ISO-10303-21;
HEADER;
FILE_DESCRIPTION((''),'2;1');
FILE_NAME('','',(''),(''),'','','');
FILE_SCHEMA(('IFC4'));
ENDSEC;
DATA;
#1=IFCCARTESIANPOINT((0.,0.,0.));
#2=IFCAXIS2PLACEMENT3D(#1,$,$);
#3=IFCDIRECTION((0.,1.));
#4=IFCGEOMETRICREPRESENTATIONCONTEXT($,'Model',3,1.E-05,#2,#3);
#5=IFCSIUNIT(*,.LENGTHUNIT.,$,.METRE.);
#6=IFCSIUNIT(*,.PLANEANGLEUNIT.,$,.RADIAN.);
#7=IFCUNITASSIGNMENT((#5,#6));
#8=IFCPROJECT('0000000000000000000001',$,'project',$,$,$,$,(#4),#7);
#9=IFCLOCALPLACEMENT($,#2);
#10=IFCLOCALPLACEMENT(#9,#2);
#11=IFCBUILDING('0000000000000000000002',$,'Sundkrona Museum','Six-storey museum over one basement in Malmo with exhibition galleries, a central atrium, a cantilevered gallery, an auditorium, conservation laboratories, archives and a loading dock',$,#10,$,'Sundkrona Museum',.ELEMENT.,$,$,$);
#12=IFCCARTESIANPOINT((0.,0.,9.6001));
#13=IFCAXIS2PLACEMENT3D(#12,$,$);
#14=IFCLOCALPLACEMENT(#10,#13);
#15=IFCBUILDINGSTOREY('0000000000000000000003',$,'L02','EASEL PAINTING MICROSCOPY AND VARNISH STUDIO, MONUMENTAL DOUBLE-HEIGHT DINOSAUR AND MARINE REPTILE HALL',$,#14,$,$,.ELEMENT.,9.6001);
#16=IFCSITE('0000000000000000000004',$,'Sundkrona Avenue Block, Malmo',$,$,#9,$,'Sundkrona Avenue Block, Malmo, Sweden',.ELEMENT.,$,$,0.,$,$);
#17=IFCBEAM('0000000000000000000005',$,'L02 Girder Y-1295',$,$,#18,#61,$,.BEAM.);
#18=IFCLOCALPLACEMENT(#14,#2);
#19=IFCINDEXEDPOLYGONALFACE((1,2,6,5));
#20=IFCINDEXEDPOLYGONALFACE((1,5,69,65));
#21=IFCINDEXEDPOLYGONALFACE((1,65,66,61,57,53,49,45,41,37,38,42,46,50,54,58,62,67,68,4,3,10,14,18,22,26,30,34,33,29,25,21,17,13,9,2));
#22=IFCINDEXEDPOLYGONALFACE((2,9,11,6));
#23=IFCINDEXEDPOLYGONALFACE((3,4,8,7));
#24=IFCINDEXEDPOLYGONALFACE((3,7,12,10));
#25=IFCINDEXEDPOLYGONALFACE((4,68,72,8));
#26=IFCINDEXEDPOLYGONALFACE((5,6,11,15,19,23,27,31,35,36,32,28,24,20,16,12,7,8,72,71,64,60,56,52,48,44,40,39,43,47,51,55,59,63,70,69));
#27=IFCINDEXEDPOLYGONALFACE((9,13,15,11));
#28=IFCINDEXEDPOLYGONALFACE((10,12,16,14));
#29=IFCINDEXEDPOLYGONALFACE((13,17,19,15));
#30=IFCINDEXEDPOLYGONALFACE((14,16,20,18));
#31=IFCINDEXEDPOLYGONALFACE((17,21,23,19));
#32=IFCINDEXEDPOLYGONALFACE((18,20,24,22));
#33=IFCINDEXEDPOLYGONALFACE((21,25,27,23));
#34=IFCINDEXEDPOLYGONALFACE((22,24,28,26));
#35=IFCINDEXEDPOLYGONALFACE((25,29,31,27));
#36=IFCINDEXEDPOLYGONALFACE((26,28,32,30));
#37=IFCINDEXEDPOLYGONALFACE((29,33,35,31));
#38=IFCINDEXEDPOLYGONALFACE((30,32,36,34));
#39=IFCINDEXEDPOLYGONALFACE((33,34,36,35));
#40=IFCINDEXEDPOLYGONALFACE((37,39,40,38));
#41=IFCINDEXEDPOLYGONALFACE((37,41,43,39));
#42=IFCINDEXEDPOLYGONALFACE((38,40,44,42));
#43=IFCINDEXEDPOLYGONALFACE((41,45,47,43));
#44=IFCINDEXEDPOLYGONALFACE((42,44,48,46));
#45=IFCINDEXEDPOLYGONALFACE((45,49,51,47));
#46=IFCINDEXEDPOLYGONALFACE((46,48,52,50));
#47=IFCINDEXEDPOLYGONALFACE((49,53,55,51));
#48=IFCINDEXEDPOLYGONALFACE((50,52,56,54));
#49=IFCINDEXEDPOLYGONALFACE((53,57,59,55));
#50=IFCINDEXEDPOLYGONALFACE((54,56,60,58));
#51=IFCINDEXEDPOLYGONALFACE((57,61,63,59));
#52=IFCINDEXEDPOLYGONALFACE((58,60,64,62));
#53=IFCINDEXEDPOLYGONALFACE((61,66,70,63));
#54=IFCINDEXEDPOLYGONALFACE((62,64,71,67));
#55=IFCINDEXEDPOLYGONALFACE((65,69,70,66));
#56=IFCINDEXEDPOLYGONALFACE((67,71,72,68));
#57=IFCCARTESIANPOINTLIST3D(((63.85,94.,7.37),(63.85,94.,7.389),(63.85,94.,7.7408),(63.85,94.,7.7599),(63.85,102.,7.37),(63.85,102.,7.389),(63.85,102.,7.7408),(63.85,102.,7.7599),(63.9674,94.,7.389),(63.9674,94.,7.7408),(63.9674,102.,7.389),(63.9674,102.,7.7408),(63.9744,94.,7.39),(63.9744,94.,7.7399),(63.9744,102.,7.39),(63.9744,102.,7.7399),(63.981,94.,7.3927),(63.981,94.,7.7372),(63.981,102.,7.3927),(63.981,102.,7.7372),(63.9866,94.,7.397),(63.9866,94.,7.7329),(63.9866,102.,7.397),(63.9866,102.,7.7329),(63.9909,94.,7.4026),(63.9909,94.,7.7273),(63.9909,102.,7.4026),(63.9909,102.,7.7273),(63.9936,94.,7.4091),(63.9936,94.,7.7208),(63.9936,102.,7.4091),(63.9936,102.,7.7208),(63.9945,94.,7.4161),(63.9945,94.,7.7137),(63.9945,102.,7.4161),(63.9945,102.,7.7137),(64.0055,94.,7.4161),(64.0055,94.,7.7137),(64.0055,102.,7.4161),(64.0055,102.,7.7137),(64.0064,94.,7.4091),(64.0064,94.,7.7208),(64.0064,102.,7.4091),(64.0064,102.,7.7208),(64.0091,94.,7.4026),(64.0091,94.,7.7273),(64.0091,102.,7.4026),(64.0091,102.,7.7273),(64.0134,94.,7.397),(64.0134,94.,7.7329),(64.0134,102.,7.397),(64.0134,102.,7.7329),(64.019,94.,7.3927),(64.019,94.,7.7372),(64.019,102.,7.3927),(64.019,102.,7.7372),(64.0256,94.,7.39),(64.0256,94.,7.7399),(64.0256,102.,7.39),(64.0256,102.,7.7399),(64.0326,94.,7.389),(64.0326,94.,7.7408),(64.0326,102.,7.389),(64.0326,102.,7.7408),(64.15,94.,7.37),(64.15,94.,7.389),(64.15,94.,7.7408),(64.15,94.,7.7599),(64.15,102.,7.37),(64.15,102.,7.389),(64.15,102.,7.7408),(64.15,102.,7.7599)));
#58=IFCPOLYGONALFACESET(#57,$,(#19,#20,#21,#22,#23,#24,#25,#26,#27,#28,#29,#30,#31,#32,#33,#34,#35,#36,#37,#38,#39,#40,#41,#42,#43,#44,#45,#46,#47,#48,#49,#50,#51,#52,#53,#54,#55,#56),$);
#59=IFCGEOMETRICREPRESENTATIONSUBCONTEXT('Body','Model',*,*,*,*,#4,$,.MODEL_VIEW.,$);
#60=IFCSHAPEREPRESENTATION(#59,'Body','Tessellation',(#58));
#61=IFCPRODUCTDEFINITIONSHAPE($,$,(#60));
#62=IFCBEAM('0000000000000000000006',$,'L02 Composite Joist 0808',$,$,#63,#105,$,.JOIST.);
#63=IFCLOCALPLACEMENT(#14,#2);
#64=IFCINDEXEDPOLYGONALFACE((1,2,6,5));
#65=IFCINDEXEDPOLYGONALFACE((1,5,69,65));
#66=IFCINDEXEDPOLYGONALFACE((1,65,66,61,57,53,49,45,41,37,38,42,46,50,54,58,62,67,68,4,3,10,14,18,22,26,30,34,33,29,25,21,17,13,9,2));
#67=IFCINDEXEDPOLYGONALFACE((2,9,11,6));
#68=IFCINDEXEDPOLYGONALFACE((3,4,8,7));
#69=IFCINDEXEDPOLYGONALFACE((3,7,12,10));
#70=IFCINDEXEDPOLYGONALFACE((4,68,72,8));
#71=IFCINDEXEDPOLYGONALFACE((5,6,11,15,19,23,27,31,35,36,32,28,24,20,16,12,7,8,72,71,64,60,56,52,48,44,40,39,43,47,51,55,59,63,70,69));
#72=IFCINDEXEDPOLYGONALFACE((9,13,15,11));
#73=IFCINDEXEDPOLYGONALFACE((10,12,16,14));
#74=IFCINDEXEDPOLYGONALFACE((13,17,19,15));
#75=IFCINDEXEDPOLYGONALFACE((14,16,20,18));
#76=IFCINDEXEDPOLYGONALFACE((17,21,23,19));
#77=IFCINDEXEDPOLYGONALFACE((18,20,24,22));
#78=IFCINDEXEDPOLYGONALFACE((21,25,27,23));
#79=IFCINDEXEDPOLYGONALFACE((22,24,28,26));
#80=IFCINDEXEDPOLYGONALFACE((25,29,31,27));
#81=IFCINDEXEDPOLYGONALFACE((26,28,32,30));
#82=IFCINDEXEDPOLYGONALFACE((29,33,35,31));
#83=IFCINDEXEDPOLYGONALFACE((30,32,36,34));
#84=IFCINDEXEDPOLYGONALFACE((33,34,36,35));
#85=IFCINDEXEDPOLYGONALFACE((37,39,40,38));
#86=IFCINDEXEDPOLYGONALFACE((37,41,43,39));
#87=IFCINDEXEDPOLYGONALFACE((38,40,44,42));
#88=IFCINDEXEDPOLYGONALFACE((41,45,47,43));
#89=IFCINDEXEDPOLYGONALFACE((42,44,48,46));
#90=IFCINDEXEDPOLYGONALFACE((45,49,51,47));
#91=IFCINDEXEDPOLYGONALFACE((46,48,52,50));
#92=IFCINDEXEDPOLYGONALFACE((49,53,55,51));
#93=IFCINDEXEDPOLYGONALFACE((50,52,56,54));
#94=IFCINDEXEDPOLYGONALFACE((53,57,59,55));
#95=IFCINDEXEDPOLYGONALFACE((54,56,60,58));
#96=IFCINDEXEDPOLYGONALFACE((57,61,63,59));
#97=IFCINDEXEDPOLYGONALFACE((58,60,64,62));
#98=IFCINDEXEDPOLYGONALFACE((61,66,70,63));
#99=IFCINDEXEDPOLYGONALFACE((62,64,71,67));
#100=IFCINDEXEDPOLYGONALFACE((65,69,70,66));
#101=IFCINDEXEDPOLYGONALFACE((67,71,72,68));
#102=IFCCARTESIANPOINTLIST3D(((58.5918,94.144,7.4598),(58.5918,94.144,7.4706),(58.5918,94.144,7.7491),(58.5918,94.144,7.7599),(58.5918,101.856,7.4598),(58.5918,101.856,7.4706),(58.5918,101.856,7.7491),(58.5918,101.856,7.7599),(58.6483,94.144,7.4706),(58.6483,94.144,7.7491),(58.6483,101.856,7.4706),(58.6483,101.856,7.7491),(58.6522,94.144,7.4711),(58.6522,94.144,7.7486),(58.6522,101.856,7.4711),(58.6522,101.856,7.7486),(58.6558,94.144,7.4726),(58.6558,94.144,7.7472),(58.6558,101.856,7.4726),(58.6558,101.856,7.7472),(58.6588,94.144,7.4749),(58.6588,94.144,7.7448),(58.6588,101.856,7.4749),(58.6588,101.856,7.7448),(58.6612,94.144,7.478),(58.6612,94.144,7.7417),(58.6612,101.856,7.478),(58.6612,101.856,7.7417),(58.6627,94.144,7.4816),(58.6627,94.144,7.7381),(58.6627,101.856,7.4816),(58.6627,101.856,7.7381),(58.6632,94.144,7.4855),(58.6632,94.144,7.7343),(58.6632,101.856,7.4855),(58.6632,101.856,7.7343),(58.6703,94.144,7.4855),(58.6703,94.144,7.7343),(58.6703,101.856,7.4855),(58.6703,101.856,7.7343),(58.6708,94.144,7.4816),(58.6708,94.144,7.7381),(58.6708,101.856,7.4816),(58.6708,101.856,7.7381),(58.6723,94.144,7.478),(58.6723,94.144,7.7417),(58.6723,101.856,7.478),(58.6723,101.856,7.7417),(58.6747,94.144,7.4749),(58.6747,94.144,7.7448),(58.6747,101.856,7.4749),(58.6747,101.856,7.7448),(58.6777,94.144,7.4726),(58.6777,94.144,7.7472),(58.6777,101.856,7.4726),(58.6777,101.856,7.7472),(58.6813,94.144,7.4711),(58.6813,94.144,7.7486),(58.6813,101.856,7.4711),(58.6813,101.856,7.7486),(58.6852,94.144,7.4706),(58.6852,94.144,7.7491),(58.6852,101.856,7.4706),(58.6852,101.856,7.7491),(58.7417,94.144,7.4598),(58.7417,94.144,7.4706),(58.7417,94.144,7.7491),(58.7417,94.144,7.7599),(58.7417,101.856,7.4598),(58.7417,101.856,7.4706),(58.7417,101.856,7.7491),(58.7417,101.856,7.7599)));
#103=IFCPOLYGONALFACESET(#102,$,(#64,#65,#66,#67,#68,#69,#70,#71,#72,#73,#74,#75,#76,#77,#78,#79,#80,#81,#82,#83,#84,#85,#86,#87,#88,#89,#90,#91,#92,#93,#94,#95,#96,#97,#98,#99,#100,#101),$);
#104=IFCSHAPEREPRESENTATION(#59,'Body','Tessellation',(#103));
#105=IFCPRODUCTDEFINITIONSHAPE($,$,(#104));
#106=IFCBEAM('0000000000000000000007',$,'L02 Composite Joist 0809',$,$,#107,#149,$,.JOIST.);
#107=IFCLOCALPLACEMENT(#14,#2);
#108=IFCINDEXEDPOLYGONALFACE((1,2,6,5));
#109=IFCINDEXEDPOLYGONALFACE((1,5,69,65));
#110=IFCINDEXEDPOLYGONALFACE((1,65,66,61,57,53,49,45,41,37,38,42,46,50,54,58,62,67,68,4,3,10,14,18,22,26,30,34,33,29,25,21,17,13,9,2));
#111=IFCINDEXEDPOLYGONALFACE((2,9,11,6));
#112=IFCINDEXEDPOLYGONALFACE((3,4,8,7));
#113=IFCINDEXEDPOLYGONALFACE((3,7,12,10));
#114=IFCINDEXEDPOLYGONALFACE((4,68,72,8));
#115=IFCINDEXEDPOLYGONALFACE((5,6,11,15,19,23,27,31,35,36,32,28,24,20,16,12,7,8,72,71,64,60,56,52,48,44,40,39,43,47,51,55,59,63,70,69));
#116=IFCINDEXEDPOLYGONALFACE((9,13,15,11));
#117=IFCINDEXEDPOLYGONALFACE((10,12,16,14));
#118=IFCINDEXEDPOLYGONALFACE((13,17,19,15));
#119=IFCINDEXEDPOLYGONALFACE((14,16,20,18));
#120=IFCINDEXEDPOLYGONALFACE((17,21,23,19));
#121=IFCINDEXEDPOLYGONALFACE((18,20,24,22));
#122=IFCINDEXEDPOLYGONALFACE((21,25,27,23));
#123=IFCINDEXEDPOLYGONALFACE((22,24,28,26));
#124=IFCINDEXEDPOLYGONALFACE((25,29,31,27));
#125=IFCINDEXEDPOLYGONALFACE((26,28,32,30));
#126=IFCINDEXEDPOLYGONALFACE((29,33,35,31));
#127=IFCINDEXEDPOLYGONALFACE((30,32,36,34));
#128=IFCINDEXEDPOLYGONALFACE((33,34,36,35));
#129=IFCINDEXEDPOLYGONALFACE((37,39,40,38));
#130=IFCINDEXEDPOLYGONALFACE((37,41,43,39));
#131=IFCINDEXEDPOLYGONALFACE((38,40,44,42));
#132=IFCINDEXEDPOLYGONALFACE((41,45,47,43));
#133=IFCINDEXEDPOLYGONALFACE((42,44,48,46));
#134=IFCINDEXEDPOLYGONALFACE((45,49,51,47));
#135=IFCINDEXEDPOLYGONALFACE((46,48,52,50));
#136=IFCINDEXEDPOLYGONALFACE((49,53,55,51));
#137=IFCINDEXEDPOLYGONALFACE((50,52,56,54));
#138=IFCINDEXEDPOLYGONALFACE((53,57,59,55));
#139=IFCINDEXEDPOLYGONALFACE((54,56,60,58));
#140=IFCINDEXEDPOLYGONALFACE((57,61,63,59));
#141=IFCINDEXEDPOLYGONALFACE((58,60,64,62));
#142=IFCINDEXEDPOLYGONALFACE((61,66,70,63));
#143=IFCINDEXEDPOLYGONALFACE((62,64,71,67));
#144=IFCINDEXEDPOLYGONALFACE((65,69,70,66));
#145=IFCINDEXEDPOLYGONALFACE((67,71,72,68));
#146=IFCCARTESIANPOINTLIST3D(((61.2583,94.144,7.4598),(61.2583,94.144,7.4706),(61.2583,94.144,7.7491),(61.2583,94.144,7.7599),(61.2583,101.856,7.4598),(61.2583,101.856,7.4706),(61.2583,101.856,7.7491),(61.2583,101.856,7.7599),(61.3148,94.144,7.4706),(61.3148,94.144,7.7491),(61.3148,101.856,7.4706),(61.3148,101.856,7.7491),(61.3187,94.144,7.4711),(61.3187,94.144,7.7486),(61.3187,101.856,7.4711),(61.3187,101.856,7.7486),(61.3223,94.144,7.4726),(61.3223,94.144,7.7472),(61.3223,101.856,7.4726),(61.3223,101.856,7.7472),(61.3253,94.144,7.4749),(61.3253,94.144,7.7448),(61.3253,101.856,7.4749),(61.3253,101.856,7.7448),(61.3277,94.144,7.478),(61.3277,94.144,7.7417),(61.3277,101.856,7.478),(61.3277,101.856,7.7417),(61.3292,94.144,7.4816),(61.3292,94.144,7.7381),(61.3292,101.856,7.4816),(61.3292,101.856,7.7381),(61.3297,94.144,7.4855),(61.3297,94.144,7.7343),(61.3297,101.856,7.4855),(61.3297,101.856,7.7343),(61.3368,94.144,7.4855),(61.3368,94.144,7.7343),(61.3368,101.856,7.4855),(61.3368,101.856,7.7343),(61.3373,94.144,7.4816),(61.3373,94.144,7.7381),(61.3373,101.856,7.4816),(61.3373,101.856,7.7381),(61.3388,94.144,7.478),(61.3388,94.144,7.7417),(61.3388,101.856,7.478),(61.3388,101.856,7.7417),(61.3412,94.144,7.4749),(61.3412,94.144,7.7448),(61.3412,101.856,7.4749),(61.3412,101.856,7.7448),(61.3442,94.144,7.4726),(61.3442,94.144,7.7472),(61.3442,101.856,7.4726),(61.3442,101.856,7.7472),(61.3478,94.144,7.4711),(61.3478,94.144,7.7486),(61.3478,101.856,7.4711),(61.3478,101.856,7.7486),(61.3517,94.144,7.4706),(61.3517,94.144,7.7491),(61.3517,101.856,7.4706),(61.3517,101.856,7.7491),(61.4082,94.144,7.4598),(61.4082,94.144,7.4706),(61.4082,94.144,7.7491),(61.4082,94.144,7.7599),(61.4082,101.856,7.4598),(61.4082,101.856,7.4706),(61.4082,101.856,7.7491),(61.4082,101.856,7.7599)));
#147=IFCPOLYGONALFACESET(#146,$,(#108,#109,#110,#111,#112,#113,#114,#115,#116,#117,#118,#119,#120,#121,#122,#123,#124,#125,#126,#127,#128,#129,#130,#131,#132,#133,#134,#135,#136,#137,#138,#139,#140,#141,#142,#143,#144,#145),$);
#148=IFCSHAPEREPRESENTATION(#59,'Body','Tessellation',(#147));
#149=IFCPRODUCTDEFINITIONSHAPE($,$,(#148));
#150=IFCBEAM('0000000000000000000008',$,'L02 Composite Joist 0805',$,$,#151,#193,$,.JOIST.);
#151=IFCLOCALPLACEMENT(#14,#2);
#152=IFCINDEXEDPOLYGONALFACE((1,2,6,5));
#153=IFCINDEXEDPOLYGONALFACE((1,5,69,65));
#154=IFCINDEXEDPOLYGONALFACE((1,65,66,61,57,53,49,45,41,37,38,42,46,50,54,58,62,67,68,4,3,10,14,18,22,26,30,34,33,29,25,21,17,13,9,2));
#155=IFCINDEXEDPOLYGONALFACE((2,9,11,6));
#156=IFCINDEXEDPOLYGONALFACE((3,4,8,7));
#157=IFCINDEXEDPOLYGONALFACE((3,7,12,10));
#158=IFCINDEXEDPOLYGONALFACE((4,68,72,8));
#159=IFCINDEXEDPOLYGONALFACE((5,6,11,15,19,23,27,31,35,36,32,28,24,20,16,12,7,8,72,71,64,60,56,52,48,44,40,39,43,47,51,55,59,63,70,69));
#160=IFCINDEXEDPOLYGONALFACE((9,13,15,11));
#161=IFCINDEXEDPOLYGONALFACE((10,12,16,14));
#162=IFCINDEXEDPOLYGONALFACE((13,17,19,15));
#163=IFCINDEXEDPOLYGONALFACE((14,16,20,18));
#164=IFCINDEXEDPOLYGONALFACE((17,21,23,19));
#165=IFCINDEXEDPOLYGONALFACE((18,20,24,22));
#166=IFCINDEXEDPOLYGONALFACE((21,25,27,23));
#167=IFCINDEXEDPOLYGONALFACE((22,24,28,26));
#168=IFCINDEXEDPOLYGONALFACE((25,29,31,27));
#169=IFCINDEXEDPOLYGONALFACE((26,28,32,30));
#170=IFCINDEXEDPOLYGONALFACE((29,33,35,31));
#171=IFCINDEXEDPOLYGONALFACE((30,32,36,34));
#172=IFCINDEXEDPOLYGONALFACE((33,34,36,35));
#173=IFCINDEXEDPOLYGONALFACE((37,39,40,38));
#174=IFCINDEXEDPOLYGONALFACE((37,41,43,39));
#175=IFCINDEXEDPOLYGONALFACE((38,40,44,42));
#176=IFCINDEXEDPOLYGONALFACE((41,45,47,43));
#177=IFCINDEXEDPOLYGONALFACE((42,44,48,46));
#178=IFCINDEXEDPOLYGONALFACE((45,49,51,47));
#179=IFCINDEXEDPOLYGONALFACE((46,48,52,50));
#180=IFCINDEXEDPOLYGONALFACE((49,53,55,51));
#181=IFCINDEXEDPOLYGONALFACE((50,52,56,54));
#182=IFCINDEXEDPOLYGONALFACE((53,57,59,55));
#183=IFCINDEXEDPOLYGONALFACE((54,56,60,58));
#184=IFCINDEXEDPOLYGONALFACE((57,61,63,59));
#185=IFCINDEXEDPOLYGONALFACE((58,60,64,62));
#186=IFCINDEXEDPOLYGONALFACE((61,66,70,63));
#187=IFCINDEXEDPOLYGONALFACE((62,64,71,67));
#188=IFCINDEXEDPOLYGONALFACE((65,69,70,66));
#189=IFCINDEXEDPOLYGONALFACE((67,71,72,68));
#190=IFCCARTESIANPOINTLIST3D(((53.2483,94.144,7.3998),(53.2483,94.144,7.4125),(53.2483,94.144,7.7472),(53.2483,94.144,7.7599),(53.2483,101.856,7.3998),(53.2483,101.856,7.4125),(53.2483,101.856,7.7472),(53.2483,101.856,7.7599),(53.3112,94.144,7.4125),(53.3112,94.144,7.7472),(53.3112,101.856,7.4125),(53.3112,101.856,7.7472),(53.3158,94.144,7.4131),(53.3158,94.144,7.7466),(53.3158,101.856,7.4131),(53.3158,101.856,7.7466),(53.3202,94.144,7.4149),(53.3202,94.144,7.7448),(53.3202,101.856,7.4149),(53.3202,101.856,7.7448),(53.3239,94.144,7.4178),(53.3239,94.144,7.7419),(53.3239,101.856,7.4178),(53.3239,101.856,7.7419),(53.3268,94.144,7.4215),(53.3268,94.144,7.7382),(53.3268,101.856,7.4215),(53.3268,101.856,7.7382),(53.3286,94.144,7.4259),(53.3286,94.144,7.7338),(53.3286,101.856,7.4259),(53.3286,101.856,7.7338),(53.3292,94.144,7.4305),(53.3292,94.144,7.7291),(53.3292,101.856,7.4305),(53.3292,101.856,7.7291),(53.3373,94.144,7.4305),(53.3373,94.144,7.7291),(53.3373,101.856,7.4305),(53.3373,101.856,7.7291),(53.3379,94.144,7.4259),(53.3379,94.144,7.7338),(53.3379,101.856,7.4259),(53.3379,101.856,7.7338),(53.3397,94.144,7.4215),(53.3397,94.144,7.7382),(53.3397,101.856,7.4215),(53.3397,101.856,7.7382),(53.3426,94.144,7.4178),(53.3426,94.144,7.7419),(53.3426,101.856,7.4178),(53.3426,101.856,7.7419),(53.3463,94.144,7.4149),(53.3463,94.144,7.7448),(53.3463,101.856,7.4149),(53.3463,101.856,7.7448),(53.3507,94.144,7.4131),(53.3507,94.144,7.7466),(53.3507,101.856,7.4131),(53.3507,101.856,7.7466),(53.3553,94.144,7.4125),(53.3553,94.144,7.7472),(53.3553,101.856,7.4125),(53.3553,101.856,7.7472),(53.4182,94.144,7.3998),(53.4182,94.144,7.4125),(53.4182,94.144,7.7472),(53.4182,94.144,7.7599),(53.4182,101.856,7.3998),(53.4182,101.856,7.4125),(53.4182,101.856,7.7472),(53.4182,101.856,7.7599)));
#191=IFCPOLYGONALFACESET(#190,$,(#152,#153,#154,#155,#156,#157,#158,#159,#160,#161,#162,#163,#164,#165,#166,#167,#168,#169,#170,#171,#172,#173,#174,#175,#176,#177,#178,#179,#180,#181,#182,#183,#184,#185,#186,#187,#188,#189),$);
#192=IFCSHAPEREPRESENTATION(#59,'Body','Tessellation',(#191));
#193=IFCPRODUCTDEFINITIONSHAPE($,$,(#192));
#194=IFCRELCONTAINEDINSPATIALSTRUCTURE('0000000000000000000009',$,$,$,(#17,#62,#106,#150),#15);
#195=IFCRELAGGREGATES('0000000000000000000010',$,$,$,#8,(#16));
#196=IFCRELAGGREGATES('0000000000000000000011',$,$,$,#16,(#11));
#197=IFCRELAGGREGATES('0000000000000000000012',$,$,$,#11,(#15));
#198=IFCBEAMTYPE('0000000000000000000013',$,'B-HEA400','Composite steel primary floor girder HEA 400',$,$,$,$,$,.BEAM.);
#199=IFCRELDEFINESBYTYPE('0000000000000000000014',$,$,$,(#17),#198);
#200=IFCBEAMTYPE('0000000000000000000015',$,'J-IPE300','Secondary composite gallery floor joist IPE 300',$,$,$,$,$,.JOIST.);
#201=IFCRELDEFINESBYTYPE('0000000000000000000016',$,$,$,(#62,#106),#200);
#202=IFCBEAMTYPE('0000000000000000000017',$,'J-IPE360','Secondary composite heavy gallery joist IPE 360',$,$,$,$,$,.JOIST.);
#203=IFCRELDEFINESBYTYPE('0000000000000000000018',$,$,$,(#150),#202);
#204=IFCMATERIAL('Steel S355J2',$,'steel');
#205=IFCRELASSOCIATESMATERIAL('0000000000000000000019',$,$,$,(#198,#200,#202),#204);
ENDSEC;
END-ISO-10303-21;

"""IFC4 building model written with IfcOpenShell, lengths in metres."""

from ifc_helpers import new_model, si_unit, direction, frame, origin, origin_2d, place, context, subcontext, project, spatial, i_section, extrude, material, material_profile, profile_set, type_object, element, save


model = new_model("IFC4")

# Units and contexts
model_context = context("Model", 3, precision=1e-05, world=origin(), true_north=direction((0.0, 1.0)))
body_context = subcontext(model_context, "Body", "Model", "MODEL_VIEW")
ifc_project = project(units=[si_unit("LENGTHUNIT", "METRE"), si_unit("PLANEANGLEUNIT", "RADIAN")], contexts=[model_context])

# Site, building, storey
site_placement = place(None, origin())
site = spatial("IfcSite", under=ifc_project, at=site_placement, Name="Sundkrona Avenue Block, Malmo", LongName="Sundkrona Avenue Block, Malmo, Sweden", CompositionType="ELEMENT", RefElevation=0.0)
building_placement = place(site_placement, origin())
building = spatial("IfcBuilding", under=site, at=building_placement, Name="Sundkrona Museum", Description="Six-storey museum over one basement in Malmo with exhibition galleries, a central atrium, a cantilevered gallery, an auditorium, conservation laboratories, archives and a loading dock", LongName="Sundkrona Museum", CompositionType="ELEMENT")
storey_placement = place(building_placement, frame((0.0, 0.0, 9.6001)))
storey = spatial("IfcBuildingStorey", under=building, at=storey_placement, Name="L02", Description="EASEL PAINTING MICROSCOPY AND VARNISH STUDIO, MONUMENTAL DOUBLE-HEIGHT DINOSAUR AND MARINE REPTILE HALL", CompositionType="ELEMENT", Elevation=9.6001)

# Shared definitions
ifc_material_1 = material(Name="Steel S355J2", Category="steel")

# Beams
ifc_material_profile_1 = material_profile(ifc_material_1, i_section(OverallWidth=0.3, OverallDepth=0.3899, WebThickness=0.011, FlangeThickness=0.019, FilletRadius=0.0271, at=origin_2d()), Name="HEA 400")
ifc_profile_set_1 = profile_set([ifc_material_profile_1], Name="Steel S355J2")
beam_type_1 = type_object("IfcBeamType", Name="B-HEA400", Description="Composite steel primary floor girder HEA 400", PredefinedType="BEAM", material=ifc_profile_set_1)
beam_1_placement = place(storey_placement, frame((64.0, 94.0, 7.5649), z_axis=(0.0, 1.0, 0.0), x_axis=(-1.0, 0.0, 0.0)))
element("IfcBeam", 1, at=beam_1_placement, inside=storey, type_object=beam_type_1, Name="L02 Girder Y-1295", PredefinedType="BEAM", context=body_context, shape_type="SweptSolid", body=[
    extrude(i_section(OverallWidth=0.3, OverallDepth=0.3899, WebThickness=0.011, FlangeThickness=0.019, FilletRadius=0.0271, at=origin_2d()), origin(), (0.0, 0.0, 1.0), 8.0),
])
ifc_material_profile_2 = material_profile(ifc_material_1, i_section(OverallWidth=0.1499, OverallDepth=0.3, WebThickness=0.0071, FlangeThickness=0.0107, FilletRadius=0.0149, at=origin_2d()), Name="IPE 300")
ifc_profile_set_2 = profile_set([ifc_material_profile_2], Name="Steel S355J2")
beam_type_2 = type_object("IfcBeamType", Name="J-IPE300", Description="Secondary composite gallery floor joist IPE 300", PredefinedType="JOIST", material=ifc_profile_set_2)
for number, where, z_axis, x_axis, name in (
    (2, (58.6667, 94.144, 7.6099), (0.0, 1.0, 0.0), (-1.0, 0.0, 0.0), "L02 Composite Joist 0808"),
    (3, (61.3333, 94.144, 7.6099), (0.0, 1.0, 0.0), (-1.0, 0.0, 0.0), "L02 Composite Joist 0809"),
):
    element("IfcBeam", number, at=place(storey_placement, frame(where, z_axis=z_axis, x_axis=x_axis)), inside=storey, type_object=beam_type_2, Name=name, PredefinedType="JOIST", context=body_context, shape_type="SweptSolid", body=[
        extrude(i_section(OverallWidth=0.1499, OverallDepth=0.3, WebThickness=0.0071, FlangeThickness=0.0107, FilletRadius=0.0149, at=origin_2d()), origin(), (0.0, 0.0, 1.0), 7.7119),
    ])
ifc_material_profile_3 = material_profile(ifc_material_1, i_section(OverallWidth=0.1699, OverallDepth=0.3601, WebThickness=0.0081, FlangeThickness=0.0127, FilletRadius=0.0181, at=origin_2d()), Name="IPE 360")
ifc_profile_set_3 = profile_set([ifc_material_profile_3], Name="Steel S355J2")
beam_type_3 = type_object("IfcBeamType", Name="J-IPE360", Description="Secondary composite heavy gallery joist IPE 360", PredefinedType="JOIST", material=ifc_profile_set_3)
beam_2_placement = place(storey_placement, frame((53.3333, 94.144, 7.5798), z_axis=(0.0, 1.0, 0.0), x_axis=(-1.0, 0.0, 0.0)))
element("IfcBeam", 4, at=beam_2_placement, inside=storey, type_object=beam_type_3, Name="L02 Composite Joist 0805", PredefinedType="JOIST", context=body_context, shape_type="SweptSolid", body=[
    extrude(i_section(OverallWidth=0.1699, OverallDepth=0.3601, WebThickness=0.0081, FlangeThickness=0.0127, FilletRadius=0.0181, at=origin_2d()), origin(), (0.0, 0.0, 1.0), 7.7119),
])

save(model, "model.ifc")
